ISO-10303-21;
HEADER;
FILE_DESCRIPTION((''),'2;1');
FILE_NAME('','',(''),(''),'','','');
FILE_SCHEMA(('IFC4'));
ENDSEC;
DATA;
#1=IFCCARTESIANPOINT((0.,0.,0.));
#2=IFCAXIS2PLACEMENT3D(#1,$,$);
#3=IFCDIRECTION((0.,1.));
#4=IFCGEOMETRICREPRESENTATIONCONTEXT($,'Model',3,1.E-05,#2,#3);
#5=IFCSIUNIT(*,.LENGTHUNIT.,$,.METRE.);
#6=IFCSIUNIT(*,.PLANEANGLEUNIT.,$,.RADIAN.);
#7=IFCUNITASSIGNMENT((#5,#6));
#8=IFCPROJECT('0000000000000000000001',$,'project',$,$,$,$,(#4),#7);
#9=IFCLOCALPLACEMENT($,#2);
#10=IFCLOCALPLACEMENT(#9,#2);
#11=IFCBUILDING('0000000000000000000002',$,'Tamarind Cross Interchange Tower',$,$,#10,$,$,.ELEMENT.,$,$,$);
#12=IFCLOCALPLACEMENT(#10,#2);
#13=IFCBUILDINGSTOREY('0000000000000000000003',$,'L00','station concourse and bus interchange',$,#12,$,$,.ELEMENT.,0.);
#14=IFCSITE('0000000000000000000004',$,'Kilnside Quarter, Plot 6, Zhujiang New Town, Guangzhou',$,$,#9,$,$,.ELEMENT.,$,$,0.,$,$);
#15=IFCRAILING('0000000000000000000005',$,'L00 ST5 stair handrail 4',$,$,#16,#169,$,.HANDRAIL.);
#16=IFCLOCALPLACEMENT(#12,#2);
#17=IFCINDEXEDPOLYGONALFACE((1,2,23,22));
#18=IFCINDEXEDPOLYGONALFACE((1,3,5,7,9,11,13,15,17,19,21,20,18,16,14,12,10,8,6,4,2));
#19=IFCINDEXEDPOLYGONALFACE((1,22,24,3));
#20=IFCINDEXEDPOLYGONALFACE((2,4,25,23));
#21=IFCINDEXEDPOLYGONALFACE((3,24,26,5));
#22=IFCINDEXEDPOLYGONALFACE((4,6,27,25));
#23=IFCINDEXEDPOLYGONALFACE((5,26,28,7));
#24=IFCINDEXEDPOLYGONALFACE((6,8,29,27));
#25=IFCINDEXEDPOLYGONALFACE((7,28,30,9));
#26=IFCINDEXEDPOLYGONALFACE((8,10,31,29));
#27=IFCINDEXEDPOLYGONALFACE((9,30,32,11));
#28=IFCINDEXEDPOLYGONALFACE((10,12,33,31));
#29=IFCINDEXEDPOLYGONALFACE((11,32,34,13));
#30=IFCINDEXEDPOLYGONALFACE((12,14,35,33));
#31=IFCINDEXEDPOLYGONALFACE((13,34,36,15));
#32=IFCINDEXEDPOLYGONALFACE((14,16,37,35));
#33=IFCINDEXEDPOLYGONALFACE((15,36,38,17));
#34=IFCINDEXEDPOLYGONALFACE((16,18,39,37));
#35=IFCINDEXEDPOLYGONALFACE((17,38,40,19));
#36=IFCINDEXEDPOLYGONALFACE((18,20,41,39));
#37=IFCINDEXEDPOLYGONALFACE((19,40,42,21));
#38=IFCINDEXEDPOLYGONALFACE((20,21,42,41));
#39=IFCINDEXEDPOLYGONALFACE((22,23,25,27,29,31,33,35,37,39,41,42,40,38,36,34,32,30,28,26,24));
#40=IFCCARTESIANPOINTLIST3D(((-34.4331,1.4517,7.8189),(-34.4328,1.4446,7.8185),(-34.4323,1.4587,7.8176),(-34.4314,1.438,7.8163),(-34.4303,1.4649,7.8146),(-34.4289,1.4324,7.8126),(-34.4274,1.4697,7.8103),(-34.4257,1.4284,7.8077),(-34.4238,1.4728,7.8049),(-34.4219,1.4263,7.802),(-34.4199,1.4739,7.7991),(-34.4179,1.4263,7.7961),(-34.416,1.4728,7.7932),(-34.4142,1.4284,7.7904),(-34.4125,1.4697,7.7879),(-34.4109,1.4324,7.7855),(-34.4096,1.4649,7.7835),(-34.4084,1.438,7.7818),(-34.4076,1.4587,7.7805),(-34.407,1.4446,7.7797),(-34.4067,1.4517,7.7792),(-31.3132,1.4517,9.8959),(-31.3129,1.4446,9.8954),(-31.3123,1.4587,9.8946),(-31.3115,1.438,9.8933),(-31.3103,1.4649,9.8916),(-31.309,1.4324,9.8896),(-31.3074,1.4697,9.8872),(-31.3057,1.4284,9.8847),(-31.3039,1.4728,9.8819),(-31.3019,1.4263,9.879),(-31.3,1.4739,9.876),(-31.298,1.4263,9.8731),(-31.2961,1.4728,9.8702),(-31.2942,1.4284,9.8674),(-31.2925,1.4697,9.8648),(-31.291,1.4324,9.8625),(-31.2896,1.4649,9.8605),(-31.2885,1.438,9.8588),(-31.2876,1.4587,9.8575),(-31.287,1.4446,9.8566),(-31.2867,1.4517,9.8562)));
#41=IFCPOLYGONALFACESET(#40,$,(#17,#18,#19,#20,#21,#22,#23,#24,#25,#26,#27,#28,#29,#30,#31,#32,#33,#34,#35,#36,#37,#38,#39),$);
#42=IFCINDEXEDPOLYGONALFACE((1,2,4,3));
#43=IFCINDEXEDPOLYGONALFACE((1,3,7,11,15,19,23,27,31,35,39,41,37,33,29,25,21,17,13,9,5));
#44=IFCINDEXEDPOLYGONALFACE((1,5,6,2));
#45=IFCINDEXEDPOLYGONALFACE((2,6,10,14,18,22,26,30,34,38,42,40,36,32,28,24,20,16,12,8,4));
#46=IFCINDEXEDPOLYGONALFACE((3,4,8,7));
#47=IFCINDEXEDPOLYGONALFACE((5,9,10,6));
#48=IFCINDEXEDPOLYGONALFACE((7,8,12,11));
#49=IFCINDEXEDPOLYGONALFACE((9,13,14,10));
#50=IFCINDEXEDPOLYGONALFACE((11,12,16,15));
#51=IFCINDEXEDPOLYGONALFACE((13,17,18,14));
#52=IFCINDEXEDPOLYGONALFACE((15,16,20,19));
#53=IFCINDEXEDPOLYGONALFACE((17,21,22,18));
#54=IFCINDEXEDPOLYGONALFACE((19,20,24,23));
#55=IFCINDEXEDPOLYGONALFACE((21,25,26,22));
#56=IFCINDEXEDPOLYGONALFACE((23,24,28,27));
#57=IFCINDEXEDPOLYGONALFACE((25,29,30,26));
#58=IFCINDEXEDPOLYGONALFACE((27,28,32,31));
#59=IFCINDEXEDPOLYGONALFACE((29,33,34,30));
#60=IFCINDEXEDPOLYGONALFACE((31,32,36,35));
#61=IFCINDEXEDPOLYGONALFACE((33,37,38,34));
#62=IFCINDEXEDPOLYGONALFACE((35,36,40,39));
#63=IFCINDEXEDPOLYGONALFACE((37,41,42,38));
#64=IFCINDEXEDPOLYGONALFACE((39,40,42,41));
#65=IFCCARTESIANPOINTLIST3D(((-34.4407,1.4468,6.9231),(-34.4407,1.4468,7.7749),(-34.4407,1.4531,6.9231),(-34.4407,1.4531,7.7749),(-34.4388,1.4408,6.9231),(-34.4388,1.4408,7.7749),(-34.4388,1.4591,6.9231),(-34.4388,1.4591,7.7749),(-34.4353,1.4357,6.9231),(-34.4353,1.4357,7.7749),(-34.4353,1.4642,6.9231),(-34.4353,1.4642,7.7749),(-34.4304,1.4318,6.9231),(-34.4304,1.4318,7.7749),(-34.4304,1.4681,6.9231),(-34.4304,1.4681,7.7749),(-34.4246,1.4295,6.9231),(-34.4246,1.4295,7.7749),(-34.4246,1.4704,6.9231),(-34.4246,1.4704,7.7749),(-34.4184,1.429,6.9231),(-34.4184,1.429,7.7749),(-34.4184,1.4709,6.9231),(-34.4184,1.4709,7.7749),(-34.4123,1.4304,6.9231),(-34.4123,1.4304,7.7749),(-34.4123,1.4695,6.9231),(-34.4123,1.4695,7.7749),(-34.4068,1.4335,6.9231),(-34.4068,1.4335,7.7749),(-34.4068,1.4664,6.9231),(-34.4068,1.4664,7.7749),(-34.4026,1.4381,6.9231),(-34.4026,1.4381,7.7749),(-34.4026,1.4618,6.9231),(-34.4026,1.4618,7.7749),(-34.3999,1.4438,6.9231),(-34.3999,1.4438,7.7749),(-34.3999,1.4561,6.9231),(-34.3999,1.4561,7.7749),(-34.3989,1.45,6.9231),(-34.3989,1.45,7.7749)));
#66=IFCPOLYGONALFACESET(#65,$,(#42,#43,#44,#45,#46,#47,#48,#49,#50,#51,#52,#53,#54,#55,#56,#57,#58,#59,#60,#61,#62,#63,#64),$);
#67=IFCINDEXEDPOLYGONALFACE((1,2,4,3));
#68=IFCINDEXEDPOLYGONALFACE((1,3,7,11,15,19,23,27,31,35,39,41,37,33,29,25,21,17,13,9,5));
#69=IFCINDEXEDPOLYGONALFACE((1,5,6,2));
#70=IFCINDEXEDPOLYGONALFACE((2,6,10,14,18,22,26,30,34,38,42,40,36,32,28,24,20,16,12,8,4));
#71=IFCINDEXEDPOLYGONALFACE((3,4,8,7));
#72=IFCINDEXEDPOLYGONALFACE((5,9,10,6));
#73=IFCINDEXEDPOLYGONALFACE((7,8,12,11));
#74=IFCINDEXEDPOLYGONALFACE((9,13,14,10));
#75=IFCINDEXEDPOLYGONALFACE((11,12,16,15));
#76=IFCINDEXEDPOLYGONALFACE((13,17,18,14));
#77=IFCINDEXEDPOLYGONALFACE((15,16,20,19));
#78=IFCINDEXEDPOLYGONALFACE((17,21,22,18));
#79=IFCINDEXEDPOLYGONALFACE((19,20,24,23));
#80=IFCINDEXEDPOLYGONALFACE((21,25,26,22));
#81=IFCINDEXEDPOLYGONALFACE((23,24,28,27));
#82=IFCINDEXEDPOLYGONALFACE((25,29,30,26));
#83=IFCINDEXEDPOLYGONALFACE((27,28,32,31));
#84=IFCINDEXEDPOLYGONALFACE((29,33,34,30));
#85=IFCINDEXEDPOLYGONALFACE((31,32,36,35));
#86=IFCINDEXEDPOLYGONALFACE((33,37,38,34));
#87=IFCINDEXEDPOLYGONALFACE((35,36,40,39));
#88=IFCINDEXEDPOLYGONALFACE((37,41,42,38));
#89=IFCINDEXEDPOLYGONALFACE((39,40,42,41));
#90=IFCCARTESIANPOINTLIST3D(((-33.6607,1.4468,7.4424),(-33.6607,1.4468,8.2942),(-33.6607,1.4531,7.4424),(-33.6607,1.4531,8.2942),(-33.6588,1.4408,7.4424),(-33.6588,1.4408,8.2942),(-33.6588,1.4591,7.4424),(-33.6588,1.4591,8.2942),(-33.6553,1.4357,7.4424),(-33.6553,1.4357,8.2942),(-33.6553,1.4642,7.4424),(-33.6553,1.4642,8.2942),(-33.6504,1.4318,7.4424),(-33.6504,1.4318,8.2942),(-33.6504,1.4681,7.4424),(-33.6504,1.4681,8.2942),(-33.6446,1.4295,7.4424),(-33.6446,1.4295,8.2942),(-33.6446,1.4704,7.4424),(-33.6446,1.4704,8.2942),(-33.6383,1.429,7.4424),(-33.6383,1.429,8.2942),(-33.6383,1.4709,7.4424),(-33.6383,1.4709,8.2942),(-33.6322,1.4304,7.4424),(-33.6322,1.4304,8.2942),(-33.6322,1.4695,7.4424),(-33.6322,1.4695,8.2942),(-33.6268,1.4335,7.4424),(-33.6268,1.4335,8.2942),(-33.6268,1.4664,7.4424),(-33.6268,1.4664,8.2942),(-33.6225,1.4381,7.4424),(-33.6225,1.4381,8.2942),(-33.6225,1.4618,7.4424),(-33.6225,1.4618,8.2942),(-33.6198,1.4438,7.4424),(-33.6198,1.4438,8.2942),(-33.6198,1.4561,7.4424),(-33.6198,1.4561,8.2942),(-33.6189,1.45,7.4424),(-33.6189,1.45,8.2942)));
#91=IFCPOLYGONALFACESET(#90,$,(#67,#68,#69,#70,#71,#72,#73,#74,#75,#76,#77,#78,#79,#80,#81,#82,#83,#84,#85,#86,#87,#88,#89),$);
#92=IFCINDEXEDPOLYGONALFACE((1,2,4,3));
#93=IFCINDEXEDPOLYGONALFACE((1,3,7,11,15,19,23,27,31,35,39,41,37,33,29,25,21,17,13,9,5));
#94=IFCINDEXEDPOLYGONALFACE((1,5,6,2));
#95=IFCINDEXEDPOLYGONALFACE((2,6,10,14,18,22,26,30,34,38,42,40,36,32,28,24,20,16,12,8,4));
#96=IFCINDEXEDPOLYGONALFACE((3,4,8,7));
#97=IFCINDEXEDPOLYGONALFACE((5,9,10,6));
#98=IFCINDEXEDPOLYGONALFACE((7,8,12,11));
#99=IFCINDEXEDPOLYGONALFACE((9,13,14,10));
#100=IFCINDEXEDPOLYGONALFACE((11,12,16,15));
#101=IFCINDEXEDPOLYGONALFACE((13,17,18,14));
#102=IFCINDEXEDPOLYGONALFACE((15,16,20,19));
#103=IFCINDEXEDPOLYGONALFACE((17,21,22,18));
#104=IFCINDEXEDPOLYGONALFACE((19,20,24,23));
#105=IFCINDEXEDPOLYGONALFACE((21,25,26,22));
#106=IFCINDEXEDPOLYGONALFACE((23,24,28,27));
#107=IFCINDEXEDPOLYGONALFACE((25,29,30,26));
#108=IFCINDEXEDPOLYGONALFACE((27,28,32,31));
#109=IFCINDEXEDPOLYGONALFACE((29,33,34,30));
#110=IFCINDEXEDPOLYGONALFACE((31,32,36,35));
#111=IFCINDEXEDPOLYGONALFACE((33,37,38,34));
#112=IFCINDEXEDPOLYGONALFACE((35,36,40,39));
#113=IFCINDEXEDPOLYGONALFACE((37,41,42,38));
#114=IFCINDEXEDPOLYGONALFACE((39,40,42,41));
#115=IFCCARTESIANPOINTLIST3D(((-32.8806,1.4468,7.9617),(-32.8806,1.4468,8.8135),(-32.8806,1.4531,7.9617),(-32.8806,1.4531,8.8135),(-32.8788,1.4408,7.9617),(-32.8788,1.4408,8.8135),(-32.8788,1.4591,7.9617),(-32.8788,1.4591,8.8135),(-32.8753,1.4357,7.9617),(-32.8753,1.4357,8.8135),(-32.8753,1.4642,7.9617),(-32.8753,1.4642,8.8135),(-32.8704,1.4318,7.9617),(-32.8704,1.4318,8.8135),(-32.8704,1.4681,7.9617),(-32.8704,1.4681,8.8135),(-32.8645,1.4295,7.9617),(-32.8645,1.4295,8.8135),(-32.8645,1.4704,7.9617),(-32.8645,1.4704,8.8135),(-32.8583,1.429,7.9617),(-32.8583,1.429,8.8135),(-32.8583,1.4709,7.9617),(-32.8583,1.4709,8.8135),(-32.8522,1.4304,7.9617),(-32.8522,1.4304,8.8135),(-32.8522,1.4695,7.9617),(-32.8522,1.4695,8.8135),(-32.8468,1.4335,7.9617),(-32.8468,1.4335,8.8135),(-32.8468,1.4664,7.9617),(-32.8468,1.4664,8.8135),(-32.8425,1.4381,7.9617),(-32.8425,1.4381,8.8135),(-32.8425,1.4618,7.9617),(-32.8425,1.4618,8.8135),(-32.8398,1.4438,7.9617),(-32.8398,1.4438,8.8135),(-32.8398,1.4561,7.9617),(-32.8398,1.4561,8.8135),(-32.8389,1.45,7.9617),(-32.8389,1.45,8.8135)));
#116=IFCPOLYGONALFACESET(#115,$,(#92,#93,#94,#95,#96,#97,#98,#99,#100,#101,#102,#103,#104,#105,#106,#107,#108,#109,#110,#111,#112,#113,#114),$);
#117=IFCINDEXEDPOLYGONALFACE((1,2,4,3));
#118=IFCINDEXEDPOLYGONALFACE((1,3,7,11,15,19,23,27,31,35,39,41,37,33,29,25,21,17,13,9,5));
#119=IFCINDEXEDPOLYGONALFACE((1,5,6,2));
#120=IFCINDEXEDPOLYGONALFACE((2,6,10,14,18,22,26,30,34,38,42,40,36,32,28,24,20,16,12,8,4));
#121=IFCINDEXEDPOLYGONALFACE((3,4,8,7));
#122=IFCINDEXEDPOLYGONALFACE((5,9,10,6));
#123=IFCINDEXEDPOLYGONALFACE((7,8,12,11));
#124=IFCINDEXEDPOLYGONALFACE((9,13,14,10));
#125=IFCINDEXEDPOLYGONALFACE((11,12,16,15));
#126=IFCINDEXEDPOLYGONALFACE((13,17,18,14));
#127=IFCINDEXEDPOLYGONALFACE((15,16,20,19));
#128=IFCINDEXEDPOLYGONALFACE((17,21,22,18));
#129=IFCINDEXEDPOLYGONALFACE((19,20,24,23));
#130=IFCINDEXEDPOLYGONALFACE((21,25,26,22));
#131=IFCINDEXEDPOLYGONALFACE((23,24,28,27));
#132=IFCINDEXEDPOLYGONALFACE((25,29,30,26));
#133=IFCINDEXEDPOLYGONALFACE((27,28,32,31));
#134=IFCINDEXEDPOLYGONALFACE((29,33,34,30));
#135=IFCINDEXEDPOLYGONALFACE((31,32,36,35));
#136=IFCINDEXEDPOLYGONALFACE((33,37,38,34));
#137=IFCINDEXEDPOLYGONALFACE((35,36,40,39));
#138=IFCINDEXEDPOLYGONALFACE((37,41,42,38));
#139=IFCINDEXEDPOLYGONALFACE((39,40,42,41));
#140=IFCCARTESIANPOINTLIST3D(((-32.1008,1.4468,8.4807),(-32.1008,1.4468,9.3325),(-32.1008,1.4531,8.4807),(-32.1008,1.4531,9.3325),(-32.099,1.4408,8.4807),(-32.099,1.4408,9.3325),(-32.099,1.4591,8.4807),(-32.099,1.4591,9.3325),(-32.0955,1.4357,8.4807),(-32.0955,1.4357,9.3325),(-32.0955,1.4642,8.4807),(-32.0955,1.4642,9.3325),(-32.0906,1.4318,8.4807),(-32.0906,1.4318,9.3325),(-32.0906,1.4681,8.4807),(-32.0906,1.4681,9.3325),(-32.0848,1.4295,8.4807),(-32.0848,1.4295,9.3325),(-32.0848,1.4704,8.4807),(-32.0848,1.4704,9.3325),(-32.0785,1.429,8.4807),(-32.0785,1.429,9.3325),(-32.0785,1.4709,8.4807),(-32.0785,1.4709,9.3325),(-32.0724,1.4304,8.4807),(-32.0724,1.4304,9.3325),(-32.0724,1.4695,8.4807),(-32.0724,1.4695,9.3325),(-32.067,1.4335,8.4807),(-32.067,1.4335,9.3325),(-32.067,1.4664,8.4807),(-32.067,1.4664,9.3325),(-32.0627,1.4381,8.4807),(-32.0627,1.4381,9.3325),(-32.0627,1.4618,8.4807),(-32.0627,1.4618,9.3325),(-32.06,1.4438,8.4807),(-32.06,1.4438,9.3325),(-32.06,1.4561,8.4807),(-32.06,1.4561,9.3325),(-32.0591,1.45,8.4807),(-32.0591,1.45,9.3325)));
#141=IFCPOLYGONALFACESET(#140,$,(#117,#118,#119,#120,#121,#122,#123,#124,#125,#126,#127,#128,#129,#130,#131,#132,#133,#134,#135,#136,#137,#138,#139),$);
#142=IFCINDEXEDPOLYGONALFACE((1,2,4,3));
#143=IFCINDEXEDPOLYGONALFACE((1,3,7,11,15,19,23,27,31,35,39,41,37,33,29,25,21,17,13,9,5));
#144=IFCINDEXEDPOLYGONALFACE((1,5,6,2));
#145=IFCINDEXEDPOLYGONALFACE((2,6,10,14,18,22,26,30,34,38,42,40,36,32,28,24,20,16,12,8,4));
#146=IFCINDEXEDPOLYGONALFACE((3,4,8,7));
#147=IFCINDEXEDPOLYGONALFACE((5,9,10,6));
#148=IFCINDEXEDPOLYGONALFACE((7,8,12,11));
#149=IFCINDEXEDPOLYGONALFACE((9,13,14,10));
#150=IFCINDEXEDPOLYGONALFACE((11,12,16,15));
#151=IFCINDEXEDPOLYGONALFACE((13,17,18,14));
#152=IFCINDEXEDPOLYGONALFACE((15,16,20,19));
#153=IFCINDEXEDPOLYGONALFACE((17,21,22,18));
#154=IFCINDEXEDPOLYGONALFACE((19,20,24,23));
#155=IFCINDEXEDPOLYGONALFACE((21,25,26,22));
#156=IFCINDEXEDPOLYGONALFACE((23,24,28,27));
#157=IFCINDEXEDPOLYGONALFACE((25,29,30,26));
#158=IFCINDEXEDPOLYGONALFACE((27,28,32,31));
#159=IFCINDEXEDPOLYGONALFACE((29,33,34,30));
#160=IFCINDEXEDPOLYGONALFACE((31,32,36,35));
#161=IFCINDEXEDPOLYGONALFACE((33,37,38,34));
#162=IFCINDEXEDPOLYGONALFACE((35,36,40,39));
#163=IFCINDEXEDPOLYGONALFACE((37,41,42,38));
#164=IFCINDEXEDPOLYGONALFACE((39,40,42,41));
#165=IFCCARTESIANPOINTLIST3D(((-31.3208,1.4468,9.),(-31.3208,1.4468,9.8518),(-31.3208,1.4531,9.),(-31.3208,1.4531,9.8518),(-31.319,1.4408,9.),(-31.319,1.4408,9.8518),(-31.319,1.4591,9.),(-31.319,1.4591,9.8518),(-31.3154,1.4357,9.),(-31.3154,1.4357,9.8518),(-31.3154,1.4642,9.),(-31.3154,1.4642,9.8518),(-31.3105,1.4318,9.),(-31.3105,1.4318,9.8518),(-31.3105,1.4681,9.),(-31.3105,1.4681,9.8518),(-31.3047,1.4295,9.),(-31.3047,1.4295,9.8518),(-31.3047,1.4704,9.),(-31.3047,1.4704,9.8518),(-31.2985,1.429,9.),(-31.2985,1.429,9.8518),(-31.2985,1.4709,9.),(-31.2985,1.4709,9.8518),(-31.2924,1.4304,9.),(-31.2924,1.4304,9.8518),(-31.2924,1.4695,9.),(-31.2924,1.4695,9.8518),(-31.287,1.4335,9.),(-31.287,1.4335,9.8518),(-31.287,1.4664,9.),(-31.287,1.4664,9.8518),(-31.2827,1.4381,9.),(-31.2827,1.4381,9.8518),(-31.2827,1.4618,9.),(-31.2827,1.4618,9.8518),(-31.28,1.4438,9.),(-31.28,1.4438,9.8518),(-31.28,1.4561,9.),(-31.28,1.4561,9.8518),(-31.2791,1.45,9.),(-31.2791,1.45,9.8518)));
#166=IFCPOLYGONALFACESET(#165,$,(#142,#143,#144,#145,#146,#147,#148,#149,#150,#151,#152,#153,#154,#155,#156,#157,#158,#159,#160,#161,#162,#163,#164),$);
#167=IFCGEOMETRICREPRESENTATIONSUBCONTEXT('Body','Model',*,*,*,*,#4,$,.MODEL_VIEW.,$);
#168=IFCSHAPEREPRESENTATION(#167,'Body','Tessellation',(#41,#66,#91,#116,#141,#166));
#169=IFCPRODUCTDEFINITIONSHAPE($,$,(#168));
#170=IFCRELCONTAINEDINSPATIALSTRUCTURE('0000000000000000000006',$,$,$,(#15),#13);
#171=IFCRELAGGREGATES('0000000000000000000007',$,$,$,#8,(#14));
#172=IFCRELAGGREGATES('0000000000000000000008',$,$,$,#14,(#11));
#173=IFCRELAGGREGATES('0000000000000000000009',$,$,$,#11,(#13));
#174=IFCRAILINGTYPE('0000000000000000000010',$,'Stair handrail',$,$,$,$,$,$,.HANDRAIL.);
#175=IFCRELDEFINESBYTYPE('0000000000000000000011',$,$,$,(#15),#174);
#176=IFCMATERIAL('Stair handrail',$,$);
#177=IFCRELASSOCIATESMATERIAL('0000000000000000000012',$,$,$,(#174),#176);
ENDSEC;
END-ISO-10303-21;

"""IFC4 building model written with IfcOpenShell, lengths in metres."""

from ifc_helpers import new_model, si_unit, direction, frame, origin, origin_2d, place, context, subcontext, project, spatial, circle, extrude, material, type_object, element, save


model = new_model("IFC4")

# Units and contexts
model_context = context("Model", 3, precision=1e-05, world=origin(), true_north=direction((0.0, 1.0)))
body_context = subcontext(model_context, "Body", "Model", "MODEL_VIEW")
ifc_project = project(units=[si_unit("LENGTHUNIT", "METRE"), si_unit("PLANEANGLEUNIT", "RADIAN")], contexts=[model_context])

# Site, building, storey
site_placement = place(None, origin())
site = spatial("IfcSite", under=ifc_project, at=site_placement, Name="Kilnside Quarter, Plot 6, Zhujiang New Town, Guangzhou", CompositionType="ELEMENT", RefElevation=0.0)
building_placement = place(site_placement, origin())
building = spatial("IfcBuilding", under=site, at=building_placement, Name="Tamarind Cross Interchange Tower", CompositionType="ELEMENT")
storey_placement = place(building_placement, origin())
storey = spatial("IfcBuildingStorey", under=building, at=storey_placement, Name="L00", Description="station concourse and bus interchange", CompositionType="ELEMENT", Elevation=0.0)

# Railing
ifc_material_1 = material(Name="Stair handrail")
railing_type_1 = type_object("IfcRailingType", Name="Stair handrail", PredefinedType="HANDRAIL", material=ifc_material_1)
for number, where, name in (
    (1, (-34.4199, 1.45, 6.9231), "L00 ST5 stair handrail 4"),
):
    element("IfcRailing", number, at=place(storey_placement, frame(where)), inside=storey, type_object=railing_type_1, Name=name, PredefinedType="HANDRAIL", context=body_context, shape_type="SweptSolid", body=[
        extrude(circle(Radius=0.0239, at=origin_2d()), frame((0.0, 0.0, 0.876), z_axis=(0.832421, 0.0, 0.554144), x_axis=(0.0, 1.0, 0.0)), (0.0, 0.0, 1.0), 3.748),
        extrude(circle(Radius=0.021, at=origin_2d()), origin(), (0.0, 0.0, 1.0), 0.8518),
        extrude(circle(Radius=0.021, at=origin_2d()), frame((0.78, 0.0, 0.5193)), (0.0, 0.0, 1.0), 0.8518),
        extrude(circle(Radius=0.021, at=origin_2d()), frame((1.5601, 0.0, 1.0386)), (0.0, 0.0, 1.0), 0.8518),
        extrude(circle(Radius=0.021, at=origin_2d()), frame((2.3398, 0.0, 1.5576)), (0.0, 0.0, 1.0), 0.8518),
        extrude(circle(Radius=0.021, at=origin_2d()), frame((3.1199, 0.0, 2.0769)), (0.0, 0.0, 1.0), 0.8518),
    ])

save(model, "model.ifc")
